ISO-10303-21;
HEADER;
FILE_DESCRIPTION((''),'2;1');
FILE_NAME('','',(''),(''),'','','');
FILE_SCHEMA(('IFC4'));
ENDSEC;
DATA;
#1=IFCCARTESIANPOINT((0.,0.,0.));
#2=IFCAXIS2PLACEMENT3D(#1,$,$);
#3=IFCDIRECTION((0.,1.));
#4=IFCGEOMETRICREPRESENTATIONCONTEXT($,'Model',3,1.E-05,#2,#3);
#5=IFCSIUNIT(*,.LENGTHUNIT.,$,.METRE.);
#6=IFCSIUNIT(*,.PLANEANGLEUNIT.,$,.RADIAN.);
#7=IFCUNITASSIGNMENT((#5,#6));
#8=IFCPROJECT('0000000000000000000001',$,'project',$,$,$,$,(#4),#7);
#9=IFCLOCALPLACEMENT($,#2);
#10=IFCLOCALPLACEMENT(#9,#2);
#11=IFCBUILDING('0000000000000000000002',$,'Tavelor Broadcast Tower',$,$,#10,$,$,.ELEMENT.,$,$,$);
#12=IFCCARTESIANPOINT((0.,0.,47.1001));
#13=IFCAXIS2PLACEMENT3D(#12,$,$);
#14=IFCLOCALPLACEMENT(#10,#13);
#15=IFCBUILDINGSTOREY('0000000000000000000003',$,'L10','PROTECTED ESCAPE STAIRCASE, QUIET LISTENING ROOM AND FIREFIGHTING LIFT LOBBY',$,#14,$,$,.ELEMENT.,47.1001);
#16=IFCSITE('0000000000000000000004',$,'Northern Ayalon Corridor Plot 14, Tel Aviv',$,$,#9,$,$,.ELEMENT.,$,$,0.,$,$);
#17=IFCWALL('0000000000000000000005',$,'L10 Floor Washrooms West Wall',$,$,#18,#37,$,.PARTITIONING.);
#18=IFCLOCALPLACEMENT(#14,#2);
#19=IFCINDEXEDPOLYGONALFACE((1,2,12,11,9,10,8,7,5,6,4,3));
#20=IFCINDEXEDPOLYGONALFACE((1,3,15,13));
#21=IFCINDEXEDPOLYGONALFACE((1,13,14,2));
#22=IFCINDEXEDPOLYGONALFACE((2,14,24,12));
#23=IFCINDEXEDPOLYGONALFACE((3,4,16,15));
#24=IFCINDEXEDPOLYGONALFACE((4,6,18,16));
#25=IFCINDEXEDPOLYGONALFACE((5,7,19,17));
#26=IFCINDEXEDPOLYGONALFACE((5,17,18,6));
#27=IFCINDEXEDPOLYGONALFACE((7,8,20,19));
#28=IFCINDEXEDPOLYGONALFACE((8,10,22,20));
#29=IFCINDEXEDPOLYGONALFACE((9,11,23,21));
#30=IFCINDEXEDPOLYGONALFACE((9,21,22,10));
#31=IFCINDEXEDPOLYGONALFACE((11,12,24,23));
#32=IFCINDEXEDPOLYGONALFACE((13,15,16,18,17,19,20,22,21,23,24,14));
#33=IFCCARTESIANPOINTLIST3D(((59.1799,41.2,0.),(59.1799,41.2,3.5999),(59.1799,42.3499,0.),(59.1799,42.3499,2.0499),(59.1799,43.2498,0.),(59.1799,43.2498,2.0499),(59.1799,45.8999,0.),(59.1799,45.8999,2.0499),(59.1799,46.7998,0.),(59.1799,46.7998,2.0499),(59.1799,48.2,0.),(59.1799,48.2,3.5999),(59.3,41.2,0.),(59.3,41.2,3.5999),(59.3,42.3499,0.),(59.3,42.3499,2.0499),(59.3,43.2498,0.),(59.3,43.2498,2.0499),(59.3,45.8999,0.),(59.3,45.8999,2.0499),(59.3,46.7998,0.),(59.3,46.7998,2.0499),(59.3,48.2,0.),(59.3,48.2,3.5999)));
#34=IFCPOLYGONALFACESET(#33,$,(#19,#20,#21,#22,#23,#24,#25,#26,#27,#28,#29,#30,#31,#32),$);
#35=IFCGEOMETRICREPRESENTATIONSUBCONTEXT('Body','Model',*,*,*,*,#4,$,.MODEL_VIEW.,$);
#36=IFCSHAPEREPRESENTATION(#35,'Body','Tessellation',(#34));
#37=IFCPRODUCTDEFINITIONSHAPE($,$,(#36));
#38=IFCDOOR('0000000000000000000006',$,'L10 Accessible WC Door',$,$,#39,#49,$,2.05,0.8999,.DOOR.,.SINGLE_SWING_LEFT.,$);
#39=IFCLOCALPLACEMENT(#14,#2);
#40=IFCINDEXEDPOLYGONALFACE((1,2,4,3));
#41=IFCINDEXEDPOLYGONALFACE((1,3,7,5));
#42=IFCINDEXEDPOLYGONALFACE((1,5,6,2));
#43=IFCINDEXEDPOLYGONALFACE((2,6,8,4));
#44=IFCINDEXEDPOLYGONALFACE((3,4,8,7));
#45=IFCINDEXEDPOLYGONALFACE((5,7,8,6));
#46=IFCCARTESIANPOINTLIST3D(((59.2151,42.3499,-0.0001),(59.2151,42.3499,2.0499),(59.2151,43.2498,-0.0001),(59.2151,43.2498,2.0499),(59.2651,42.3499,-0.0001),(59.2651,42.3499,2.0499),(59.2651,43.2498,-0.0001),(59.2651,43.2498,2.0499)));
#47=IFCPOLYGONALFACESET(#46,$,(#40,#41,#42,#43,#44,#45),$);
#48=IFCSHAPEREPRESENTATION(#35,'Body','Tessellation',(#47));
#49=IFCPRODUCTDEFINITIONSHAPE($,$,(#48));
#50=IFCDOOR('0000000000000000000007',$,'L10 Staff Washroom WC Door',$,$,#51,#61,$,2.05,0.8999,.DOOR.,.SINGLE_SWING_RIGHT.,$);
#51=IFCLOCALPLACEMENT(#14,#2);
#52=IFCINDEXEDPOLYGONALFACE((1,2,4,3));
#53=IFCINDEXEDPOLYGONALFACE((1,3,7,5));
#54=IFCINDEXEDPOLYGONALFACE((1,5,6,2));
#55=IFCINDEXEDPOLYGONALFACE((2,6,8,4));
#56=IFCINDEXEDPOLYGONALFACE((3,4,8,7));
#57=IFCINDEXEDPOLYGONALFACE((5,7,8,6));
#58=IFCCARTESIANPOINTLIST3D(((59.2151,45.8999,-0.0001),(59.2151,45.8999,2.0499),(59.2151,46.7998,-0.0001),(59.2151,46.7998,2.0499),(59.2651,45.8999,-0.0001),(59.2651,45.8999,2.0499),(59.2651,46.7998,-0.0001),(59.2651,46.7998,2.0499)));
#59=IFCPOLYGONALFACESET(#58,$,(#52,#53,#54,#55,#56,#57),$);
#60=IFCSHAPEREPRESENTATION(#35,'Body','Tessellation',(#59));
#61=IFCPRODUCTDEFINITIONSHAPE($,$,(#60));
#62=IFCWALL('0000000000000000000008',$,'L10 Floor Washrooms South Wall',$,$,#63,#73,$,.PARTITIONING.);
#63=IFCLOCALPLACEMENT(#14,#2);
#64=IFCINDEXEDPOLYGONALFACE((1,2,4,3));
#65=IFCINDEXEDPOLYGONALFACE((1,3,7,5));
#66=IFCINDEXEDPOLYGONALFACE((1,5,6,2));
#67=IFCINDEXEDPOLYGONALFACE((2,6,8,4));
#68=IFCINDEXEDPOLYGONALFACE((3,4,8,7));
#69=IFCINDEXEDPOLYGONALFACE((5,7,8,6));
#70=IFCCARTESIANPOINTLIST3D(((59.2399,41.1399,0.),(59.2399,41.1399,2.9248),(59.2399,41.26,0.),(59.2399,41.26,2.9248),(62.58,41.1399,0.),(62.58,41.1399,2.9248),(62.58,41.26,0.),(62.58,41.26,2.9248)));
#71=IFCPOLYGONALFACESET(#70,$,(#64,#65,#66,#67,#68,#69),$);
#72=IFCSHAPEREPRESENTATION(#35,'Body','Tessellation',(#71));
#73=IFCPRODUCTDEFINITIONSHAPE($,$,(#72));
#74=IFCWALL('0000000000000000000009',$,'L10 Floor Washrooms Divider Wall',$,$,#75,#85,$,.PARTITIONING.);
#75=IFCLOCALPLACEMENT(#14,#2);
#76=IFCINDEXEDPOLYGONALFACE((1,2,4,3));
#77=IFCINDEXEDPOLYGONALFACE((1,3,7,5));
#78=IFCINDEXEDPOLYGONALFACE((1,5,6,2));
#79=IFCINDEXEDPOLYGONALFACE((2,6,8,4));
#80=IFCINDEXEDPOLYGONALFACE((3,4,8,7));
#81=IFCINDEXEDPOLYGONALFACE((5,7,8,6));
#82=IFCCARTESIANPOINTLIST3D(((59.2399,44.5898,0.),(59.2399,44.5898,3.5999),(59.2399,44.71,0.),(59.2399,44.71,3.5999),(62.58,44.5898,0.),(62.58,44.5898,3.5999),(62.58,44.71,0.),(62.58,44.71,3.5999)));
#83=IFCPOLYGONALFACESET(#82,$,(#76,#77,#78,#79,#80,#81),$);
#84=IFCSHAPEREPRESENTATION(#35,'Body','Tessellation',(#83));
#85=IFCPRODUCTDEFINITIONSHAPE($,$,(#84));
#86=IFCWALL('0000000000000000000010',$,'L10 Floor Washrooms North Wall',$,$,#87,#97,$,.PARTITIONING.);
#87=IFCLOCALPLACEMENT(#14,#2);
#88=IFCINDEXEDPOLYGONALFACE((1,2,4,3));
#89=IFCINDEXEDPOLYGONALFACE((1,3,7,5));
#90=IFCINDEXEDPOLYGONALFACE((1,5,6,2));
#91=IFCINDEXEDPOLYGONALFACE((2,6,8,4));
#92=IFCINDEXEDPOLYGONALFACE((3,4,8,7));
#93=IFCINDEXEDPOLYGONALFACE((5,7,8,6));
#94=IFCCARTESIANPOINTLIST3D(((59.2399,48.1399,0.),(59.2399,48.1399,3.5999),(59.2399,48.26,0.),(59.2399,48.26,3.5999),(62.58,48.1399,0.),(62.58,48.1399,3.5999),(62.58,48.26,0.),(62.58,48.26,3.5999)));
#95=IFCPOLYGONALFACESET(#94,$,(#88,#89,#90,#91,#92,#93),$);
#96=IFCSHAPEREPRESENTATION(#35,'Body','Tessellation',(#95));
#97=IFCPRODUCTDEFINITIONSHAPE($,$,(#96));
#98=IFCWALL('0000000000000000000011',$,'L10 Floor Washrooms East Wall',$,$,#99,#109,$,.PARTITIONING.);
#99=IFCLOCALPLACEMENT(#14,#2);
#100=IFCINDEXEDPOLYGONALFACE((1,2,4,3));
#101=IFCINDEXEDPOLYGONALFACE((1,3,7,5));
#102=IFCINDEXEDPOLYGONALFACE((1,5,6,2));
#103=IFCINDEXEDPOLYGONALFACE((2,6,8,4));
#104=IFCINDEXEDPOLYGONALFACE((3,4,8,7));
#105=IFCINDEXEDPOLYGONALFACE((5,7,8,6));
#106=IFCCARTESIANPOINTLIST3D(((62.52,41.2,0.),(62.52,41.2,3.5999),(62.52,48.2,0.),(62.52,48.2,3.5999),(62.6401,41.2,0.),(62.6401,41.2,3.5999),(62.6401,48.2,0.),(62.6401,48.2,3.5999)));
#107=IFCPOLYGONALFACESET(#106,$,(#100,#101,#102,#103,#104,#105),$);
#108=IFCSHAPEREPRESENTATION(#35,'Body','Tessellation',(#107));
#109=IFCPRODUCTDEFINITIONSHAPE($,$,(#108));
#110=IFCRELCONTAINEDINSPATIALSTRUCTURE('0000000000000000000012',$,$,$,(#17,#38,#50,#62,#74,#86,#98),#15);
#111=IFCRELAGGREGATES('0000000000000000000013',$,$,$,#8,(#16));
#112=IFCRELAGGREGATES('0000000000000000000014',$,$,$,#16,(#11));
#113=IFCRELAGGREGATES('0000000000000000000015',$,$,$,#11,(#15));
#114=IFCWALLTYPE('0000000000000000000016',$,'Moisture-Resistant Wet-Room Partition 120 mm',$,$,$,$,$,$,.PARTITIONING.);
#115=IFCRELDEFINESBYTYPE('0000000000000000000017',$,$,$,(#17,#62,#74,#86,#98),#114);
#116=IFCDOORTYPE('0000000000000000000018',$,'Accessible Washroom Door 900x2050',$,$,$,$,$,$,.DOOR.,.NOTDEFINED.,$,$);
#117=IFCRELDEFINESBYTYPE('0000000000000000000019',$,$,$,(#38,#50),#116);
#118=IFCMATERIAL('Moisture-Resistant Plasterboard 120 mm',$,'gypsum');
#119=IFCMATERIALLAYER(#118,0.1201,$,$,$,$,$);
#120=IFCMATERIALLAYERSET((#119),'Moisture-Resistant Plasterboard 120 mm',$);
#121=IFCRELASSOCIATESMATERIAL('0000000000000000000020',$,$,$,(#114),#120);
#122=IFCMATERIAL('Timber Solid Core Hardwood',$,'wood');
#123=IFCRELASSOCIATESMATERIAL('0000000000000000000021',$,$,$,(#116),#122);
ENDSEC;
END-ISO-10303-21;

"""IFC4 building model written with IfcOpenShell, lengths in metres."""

from ifc_helpers import new_model, si_unit, direction, frame, frame_2d, origin, place, context, subcontext, project, spatial, rectangle, extrude, material, layer, layer_set, type_object, element, fill, save


model = new_model("IFC4")

# Units and contexts
model_context = context("Model", 3, precision=1e-05, world=origin(), true_north=direction((0.0, 1.0)))
body_context = subcontext(model_context, "Body", "Model", "MODEL_VIEW")
ifc_project = project(units=[si_unit("LENGTHUNIT", "METRE"), si_unit("PLANEANGLEUNIT", "RADIAN")], contexts=[model_context])

# Site, building, storey
site_placement = place(None, origin())
site = spatial("IfcSite", under=ifc_project, at=site_placement, Name="Northern Ayalon Corridor Plot 14, Tel Aviv", CompositionType="ELEMENT", RefElevation=0.0)
building_placement = place(site_placement, origin())
building = spatial("IfcBuilding", under=site, at=building_placement, Name="Tavelor Broadcast Tower", CompositionType="ELEMENT")
storey_placement = place(building_placement, frame((0.0, 0.0, 47.1001)))
storey = spatial("IfcBuildingStorey", under=building, at=storey_placement, Name="L10", Description="PROTECTED ESCAPE STAIRCASE, QUIET LISTENING ROOM AND FIREFIGHTING LIFT LOBBY", CompositionType="ELEMENT", Elevation=47.1001)

# Shared definitions
ifc_material_1 = material(Name="Timber Solid Core Hardwood", Category="wood")

# Wall, openings, doors
ifc_material_2 = material(Name="Moisture-Resistant Plasterboard 120 mm", Category="gypsum")
ifc_layer_1 = layer(ifc_material_2, 0.1201)
ifc_layer_set_1 = layer_set([ifc_layer_1], Name="Moisture-Resistant Plasterboard 120 mm")
wall_type_1 = type_object("IfcWallType", Name="Moisture-Resistant Wet-Room Partition 120 mm", PredefinedType="PARTITIONING", material=ifc_layer_set_1)
wall_1_placement = place(storey_placement, frame((59.24, 41.2, 0.0), z_axis=(0.0, 0.0, 1.0), x_axis=(0.0, 1.0, 0.0)))
wall_1 = element("IfcWall", 1, at=wall_1_placement, inside=storey, type_object=wall_type_1, Name="L10 Floor Washrooms West Wall", PredefinedType="PARTITIONING", context=body_context, shape_type="SweptSolid", body=[
    extrude(rectangle(XDim=7.0, YDim=0.1201, at=frame_2d((3.5, 0.0))), origin(), (0.0, 0.0, 1.0), 3.5999),
])
opening_1_placement = place(wall_1_placement, frame((1.1499, 0.0, 0.0)))
opening_1 = element("IfcOpeningElement", 2, at=opening_1_placement, cuts=wall_1, PredefinedType="OPENING", context=body_context, shape_type="SweptSolid", body=[
    extrude(rectangle(XDim=0.8999, YDim=2.05, at=frame_2d((0.45, 1.0249))), frame((0.0, 0.0701, 0.0), z_axis=(0.0, -1.0, 0.0), x_axis=(1.0, 0.0, 0.0)), (0.0, 0.0, 1.0), 0.1401),
])
opening_2_placement = place(wall_1_placement, frame((4.7, 0.0, 0.0)))
opening_2 = element("IfcOpeningElement", 3, at=opening_2_placement, cuts=wall_1, PredefinedType="OPENING", context=body_context, shape_type="SweptSolid", body=[
    extrude(rectangle(XDim=0.8999, YDim=2.05, at=frame_2d((0.45, 1.0249))), frame((0.0, 0.0701, 0.0), z_axis=(0.0, -1.0, 0.0), x_axis=(1.0, 0.0, 0.0)), (0.0, 0.0, 1.0), 0.1401),
])
door_type_1 = type_object("IfcDoorType", Name="Accessible Washroom Door 900x2050", OperationType="NOTDEFINED", PredefinedType="DOOR", material=ifc_material_1)
door_1_placement = place(opening_1_placement, origin())
door_1 = element("IfcDoor", 4, at=door_1_placement, inside=storey, type_object=door_type_1, Name="L10 Accessible WC Door", OperationType="SINGLE_SWING_LEFT", OverallHeight=2.05, OverallWidth=0.8999, PredefinedType="DOOR", context=body_context, shape_type="SweptSolid", body=[
    extrude(rectangle(XDim=0.8999, YDim=2.05, at=frame_2d((0.45, 1.0249))), frame((0.0, 0.0249, 0.0), z_axis=(0.0, -1.0, 0.0), x_axis=(1.0, 0.0, 0.0)), (0.0, 0.0, 1.0), 0.05),
])
fill(opening_1, door_1)
door_2_placement = place(opening_2_placement, origin())
door_2 = element("IfcDoor", 5, at=door_2_placement, inside=storey, type_object=door_type_1, Name="L10 Staff Washroom WC Door", OperationType="SINGLE_SWING_RIGHT", OverallHeight=2.05, OverallWidth=0.8999, PredefinedType="DOOR", context=body_context, shape_type="SweptSolid", body=[
    extrude(rectangle(XDim=0.8999, YDim=2.05, at=frame_2d((0.45, 1.0249))), frame((0.0, 0.0249, 0.0), z_axis=(0.0, -1.0, 0.0), x_axis=(1.0, 0.0, 0.0)), (0.0, 0.0, 1.0), 0.05),
])
fill(opening_2, door_2)

# Walls
wall_2_placement = place(storey_placement, frame((59.24, 41.2, 0.0), z_axis=(0.0, 0.0, 1.0), x_axis=(1.0, 0.0, 0.0)))
element("IfcWall", 6, at=wall_2_placement, inside=storey, type_object=wall_type_1, Name="L10 Floor Washrooms South Wall", PredefinedType="PARTITIONING", context=body_context, shape_type="SweptSolid", body=[
    extrude(rectangle(XDim=3.3401, YDim=0.1201, at=frame_2d((1.6699, 0.0))), origin(), (0.0, 0.0, 1.0), 2.9248),
])
for number, where, z_axis, x_axis, name in (
    (7, (59.24, 44.6499, 0.0), (0.0, 0.0, 1.0), (1.0, 0.0, 0.0), "L10 Floor Washrooms Divider Wall"),
    (8, (59.24, 48.2, 0.0), (0.0, 0.0, 1.0), (1.0, 0.0, 0.0), "L10 Floor Washrooms North Wall"),
):
    element("IfcWall", number, at=place(storey_placement, frame(where, z_axis=z_axis, x_axis=x_axis)), inside=storey, type_object=wall_type_1, Name=name, PredefinedType="PARTITIONING", context=body_context, shape_type="SweptSolid", body=[
        extrude(rectangle(XDim=3.3401, YDim=0.1201, at=frame_2d((1.6699, 0.0))), origin(), (0.0, 0.0, 1.0), 3.5999),
    ])
wall_3_placement = place(storey_placement, frame((62.5801, 41.2, 0.0), z_axis=(0.0, 0.0, 1.0), x_axis=(0.0, 1.0, 0.0)))
element("IfcWall", 9, at=wall_3_placement, inside=storey, type_object=wall_type_1, Name="L10 Floor Washrooms East Wall", PredefinedType="PARTITIONING", context=body_context, shape_type="SweptSolid", body=[
    extrude(rectangle(XDim=7.0, YDim=0.1201, at=frame_2d((3.5, 0.0))), origin(), (0.0, 0.0, 1.0), 3.5999),
])

save(model, "model.ifc")
